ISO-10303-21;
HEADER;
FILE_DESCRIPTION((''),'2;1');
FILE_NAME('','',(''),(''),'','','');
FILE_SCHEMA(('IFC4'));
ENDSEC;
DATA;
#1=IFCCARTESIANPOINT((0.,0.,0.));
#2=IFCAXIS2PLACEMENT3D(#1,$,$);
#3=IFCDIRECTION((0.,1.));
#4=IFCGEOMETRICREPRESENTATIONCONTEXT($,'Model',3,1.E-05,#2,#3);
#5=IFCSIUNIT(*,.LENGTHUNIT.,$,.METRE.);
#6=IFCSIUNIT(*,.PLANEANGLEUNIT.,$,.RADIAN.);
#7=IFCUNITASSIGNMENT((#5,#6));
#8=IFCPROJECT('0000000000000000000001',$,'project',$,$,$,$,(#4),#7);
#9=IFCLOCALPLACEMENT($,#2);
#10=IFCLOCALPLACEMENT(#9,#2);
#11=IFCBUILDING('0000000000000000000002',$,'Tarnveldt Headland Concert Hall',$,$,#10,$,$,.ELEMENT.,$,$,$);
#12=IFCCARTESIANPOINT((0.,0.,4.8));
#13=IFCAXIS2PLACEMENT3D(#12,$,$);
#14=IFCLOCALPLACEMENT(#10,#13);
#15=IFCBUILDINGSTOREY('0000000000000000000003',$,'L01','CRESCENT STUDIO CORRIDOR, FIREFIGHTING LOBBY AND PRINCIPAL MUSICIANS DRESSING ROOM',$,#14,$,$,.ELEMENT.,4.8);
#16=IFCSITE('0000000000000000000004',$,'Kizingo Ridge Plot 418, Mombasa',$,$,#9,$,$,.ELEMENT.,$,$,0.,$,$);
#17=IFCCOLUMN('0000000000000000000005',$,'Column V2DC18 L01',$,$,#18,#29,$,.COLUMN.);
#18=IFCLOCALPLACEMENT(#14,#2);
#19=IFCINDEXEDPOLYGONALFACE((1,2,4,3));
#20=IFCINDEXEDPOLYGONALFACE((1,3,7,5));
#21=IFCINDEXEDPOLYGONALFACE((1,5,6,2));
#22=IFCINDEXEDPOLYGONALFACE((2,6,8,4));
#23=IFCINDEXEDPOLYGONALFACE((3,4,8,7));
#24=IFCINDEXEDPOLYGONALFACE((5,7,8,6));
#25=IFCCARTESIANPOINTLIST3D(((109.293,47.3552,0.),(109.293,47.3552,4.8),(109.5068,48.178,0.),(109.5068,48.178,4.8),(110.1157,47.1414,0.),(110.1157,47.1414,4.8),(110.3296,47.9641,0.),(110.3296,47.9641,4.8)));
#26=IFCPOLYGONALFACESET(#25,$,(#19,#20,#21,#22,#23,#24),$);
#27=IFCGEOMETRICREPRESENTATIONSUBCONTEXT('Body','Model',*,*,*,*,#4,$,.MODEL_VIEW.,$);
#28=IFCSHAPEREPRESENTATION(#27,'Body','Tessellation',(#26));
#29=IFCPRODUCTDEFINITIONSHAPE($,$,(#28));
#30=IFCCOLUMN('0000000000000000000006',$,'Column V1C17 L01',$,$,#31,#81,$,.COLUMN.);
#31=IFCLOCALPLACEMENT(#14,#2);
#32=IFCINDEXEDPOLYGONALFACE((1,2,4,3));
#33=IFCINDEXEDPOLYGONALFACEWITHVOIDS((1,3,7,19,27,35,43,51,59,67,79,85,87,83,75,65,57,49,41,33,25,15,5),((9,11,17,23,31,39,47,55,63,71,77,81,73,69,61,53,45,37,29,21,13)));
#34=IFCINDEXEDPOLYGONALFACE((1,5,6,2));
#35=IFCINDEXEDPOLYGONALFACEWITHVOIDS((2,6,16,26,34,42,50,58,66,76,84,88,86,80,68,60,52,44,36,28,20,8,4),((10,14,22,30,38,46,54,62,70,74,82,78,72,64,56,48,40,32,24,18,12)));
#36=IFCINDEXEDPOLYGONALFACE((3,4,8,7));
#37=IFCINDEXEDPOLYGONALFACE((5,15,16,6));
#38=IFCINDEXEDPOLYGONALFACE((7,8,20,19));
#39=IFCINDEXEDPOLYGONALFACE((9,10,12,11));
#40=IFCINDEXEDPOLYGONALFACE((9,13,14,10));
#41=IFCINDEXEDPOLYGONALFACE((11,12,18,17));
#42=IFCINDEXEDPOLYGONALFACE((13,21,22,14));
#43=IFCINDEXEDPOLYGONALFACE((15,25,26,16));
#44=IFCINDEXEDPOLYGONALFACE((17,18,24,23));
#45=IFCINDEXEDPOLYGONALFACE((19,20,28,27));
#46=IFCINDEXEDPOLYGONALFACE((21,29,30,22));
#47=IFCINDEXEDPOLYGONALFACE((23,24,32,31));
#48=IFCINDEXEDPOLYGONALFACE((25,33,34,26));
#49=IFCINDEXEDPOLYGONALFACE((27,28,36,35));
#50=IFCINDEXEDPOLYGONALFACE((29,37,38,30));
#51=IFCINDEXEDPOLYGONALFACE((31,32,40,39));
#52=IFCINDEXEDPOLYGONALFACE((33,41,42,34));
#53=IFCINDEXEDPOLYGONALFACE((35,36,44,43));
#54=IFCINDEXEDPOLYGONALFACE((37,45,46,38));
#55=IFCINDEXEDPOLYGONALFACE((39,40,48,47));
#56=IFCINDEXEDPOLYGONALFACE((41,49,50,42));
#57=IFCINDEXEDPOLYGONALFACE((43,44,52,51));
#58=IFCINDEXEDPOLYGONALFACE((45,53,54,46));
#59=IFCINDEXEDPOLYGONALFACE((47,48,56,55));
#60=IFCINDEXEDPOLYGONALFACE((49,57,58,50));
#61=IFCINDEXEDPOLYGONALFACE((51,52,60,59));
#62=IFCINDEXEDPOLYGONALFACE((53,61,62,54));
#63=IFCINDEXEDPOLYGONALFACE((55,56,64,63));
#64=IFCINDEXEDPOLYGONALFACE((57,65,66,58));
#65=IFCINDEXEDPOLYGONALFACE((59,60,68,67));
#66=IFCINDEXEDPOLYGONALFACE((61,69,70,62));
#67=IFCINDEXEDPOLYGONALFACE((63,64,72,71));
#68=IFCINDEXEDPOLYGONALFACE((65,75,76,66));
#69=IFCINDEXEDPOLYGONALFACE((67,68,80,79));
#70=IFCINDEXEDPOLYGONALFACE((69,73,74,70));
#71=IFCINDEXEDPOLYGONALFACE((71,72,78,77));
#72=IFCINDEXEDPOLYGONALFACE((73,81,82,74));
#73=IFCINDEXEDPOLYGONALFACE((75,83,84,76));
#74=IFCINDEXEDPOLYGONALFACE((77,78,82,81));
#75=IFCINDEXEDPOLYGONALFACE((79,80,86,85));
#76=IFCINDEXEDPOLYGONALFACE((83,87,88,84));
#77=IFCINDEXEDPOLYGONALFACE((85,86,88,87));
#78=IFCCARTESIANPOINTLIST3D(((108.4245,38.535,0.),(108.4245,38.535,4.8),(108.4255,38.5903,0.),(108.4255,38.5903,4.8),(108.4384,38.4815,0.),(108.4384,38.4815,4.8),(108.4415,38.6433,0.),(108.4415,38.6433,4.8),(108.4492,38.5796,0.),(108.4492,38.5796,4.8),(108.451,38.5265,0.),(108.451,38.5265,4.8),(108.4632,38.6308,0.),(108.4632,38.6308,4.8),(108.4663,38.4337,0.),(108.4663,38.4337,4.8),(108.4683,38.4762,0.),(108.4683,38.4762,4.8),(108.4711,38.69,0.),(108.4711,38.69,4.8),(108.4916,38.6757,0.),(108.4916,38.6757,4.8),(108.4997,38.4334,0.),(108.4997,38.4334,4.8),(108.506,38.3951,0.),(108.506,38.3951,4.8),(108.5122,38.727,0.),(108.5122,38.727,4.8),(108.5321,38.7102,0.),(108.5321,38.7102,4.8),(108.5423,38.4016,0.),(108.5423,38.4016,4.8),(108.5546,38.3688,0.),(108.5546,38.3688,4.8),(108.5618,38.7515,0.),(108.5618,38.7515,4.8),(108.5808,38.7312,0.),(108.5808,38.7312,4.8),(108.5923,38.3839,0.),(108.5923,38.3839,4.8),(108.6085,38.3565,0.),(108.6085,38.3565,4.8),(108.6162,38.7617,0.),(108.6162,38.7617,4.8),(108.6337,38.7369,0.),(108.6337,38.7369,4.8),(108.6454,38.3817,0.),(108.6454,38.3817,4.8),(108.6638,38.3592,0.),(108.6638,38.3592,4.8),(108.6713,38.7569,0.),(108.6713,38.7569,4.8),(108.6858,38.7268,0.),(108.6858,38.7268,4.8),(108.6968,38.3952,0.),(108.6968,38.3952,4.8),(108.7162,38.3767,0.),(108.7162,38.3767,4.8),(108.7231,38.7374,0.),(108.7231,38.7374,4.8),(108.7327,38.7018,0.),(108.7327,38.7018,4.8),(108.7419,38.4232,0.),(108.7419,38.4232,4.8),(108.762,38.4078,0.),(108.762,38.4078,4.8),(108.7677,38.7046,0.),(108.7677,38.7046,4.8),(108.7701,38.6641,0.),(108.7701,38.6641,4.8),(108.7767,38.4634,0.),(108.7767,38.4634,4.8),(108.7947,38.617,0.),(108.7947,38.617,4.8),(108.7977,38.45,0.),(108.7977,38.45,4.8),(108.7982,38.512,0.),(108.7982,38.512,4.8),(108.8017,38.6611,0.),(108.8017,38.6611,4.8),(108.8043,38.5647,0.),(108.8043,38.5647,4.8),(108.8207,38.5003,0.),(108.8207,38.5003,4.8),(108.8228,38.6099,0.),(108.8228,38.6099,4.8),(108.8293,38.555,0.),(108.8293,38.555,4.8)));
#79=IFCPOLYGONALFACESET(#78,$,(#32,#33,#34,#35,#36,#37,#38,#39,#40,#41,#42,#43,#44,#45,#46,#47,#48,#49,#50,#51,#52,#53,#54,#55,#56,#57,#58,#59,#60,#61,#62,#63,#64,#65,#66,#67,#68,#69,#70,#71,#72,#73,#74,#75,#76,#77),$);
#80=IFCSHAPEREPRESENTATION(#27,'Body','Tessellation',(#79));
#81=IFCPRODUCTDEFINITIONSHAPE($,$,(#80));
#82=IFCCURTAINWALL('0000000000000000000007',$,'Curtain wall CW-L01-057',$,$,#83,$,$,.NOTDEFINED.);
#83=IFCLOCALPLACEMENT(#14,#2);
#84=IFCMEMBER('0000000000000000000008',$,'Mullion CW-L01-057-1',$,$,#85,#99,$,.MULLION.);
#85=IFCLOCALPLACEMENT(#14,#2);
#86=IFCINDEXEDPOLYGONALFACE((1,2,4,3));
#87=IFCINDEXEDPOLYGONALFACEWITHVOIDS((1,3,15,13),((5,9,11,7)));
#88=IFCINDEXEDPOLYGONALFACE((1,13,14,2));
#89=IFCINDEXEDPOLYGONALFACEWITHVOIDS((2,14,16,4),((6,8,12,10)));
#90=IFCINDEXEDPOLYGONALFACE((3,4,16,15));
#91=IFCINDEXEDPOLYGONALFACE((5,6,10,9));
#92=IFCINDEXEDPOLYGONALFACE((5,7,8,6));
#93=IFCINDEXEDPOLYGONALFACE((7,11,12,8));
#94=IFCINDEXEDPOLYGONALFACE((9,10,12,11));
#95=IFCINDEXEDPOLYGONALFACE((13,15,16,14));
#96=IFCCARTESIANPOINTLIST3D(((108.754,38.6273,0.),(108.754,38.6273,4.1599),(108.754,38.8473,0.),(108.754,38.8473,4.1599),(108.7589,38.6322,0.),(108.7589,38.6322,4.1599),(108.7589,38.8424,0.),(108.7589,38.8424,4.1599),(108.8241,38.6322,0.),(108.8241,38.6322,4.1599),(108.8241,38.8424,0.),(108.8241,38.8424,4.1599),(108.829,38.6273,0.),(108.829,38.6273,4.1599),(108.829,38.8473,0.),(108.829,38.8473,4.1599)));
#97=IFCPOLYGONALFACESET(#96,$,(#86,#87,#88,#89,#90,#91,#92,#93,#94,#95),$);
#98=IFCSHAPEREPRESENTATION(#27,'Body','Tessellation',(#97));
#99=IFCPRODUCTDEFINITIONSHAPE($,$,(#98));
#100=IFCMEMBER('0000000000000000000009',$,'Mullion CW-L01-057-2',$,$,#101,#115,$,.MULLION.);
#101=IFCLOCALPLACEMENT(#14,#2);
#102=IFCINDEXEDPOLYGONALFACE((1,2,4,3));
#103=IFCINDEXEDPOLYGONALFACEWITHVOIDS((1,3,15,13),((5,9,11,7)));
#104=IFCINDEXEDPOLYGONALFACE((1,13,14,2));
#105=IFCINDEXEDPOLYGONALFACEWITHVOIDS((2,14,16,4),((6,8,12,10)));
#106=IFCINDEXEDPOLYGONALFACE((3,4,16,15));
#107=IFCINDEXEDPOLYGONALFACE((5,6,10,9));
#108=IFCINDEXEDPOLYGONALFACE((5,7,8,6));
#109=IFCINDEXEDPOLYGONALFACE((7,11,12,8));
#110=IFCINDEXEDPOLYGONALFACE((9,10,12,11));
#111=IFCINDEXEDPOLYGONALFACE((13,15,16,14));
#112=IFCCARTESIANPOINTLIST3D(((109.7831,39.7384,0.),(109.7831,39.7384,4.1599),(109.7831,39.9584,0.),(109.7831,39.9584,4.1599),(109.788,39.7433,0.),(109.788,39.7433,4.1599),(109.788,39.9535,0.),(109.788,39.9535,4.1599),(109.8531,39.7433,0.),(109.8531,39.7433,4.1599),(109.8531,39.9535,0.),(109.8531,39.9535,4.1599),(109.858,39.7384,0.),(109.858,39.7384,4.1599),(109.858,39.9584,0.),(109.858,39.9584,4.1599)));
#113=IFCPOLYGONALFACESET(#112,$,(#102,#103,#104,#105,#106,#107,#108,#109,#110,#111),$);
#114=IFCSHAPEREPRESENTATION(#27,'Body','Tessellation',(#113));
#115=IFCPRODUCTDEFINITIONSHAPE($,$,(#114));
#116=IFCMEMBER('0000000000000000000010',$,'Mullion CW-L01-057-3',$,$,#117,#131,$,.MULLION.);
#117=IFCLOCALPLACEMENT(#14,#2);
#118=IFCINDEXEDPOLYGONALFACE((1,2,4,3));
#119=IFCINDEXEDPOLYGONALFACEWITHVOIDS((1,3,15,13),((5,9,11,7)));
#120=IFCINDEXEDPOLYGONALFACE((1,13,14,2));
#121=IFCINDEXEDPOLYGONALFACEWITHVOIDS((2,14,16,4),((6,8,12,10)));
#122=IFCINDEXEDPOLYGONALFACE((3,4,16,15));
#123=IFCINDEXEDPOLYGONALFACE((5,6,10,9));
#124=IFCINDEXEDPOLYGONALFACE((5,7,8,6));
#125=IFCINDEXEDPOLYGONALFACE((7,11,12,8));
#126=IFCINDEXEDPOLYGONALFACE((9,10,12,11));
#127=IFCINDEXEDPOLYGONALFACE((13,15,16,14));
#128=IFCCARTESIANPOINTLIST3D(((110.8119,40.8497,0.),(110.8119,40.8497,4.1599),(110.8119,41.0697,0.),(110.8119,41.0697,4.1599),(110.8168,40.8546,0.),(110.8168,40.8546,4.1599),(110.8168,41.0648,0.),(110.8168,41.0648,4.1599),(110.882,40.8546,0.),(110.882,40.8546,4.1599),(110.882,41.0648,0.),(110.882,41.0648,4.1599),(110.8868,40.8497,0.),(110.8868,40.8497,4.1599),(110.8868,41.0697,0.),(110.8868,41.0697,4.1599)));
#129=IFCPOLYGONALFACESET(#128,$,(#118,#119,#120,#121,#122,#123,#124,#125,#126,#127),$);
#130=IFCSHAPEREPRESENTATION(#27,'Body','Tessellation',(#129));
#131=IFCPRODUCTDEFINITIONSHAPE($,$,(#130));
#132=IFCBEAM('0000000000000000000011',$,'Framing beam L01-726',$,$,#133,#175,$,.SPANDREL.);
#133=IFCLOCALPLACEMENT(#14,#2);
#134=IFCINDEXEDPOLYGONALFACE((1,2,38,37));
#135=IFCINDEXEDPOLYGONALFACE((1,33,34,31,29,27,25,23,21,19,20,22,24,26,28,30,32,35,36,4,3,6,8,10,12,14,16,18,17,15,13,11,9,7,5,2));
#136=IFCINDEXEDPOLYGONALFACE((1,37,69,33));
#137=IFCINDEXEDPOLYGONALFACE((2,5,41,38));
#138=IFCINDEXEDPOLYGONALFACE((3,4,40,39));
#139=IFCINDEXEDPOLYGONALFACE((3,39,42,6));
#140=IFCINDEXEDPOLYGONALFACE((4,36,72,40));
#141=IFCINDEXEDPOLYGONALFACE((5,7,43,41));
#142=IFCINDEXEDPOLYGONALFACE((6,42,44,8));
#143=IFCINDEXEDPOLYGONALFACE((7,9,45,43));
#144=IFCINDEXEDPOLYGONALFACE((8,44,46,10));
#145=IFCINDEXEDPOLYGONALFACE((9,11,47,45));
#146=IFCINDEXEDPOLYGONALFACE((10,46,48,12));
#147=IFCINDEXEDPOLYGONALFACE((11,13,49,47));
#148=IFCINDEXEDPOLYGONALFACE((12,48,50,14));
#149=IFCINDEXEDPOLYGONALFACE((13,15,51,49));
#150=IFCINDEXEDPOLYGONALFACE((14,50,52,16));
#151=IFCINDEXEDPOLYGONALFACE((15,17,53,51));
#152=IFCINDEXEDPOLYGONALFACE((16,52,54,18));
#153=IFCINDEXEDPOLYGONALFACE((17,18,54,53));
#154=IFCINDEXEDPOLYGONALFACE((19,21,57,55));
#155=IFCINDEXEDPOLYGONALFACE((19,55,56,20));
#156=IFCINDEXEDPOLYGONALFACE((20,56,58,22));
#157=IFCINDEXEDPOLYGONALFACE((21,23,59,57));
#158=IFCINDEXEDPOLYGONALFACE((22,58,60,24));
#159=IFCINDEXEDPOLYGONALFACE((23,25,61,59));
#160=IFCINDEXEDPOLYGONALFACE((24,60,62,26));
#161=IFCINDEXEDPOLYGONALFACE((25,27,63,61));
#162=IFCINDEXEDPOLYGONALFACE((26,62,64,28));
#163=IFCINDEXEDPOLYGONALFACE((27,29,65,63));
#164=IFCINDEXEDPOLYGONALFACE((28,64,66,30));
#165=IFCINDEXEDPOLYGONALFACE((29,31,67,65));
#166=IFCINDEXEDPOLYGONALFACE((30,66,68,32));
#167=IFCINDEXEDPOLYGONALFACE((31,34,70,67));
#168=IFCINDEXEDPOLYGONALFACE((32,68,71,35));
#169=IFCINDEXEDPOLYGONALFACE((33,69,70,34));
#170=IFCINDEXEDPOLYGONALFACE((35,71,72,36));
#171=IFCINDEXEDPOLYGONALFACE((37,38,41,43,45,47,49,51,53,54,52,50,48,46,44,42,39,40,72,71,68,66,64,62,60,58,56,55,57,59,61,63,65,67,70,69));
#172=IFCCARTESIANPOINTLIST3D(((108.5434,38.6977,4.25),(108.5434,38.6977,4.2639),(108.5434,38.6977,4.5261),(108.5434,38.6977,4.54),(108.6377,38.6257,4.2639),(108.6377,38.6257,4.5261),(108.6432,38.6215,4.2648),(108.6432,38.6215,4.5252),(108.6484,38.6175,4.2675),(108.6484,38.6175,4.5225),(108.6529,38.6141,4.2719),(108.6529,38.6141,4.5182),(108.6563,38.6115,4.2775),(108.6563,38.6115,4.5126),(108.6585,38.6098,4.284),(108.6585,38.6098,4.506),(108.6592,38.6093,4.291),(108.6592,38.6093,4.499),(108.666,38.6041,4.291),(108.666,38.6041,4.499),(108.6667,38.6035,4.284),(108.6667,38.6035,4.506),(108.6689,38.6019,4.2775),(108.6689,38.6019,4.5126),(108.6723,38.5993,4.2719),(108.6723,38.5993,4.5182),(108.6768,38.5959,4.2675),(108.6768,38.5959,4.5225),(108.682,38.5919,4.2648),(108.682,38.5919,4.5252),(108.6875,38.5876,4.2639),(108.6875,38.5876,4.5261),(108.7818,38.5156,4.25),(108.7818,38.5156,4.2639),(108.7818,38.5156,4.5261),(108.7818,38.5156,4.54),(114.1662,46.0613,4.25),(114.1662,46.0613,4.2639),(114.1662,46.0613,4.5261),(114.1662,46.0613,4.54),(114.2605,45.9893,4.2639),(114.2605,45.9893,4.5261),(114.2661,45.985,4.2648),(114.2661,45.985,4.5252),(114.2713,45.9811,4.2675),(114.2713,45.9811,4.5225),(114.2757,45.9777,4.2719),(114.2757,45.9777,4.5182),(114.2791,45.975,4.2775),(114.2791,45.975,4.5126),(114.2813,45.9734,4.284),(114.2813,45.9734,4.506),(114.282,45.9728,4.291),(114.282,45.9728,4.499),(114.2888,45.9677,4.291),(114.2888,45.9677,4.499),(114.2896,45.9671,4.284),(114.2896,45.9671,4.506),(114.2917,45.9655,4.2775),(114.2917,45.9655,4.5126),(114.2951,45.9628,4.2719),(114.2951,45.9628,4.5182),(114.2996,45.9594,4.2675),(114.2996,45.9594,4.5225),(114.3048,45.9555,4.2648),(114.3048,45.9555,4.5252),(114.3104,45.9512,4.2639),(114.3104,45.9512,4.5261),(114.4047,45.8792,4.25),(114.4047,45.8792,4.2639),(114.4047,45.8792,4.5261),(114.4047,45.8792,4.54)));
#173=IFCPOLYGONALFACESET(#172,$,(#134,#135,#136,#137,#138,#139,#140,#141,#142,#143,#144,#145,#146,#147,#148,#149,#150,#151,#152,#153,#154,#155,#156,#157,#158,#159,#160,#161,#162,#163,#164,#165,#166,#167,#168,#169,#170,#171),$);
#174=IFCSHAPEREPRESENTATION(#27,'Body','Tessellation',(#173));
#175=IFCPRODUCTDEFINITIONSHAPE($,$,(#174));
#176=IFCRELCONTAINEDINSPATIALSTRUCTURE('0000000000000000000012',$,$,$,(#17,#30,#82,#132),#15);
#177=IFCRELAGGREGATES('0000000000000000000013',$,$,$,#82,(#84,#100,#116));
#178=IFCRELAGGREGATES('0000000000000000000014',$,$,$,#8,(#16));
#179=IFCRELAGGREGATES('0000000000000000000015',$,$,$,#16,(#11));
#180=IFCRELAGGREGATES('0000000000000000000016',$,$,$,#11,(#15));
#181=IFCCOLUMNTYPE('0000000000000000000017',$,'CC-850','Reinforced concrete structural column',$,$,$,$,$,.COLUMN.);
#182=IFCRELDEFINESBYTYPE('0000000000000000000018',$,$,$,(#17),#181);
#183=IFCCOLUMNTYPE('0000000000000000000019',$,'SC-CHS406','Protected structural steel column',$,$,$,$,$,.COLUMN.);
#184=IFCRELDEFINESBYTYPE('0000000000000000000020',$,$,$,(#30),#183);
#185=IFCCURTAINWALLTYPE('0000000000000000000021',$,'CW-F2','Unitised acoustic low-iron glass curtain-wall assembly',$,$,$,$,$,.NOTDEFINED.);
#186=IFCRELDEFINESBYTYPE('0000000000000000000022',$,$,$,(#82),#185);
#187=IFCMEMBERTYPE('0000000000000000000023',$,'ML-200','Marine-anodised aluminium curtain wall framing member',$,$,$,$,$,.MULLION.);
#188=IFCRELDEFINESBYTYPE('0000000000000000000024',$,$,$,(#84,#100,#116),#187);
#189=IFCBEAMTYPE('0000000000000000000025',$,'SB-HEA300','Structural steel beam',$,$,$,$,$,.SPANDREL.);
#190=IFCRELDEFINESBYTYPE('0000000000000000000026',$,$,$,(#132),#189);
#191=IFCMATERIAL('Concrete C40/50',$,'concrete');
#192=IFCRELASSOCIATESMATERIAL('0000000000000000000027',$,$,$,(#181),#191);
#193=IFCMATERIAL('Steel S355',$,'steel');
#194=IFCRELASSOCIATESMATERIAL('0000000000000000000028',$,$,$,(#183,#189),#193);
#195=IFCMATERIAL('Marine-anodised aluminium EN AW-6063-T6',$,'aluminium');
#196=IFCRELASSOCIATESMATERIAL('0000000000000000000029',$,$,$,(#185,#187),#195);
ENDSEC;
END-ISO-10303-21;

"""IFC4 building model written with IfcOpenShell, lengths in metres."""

from ifc_helpers import new_model, si_unit, direction, frame, origin, origin_2d, place, context, subcontext, project, spatial, rectangle, hollow_rectangle, hollow_circle, i_section, extrude, material, material_profile, profile_set, type_object, element, aggregate, save


model = new_model("IFC4")

# Units and contexts
model_context = context("Model", 3, precision=1e-05, world=origin(), true_north=direction((0.0, 1.0)))
body_context = subcontext(model_context, "Body", "Model", "MODEL_VIEW")
ifc_project = project(units=[si_unit("LENGTHUNIT", "METRE"), si_unit("PLANEANGLEUNIT", "RADIAN")], contexts=[model_context])

# Site, building, storey
site_placement = place(None, origin())
site = spatial("IfcSite", under=ifc_project, at=site_placement, Name="Kizingo Ridge Plot 418, Mombasa", CompositionType="ELEMENT", RefElevation=0.0)
building_placement = place(site_placement, origin())
building = spatial("IfcBuilding", under=site, at=building_placement, Name="Tarnveldt Headland Concert Hall", CompositionType="ELEMENT")
storey_placement = place(building_placement, frame((0.0, 0.0, 4.8)))
storey = spatial("IfcBuildingStorey", under=building, at=storey_placement, Name="L01", Description="CRESCENT STUDIO CORRIDOR, FIREFIGHTING LOBBY AND PRINCIPAL MUSICIANS DRESSING ROOM", CompositionType="ELEMENT", Elevation=4.8)

# Columns
ifc_material_1 = material(Name="Concrete C40/50", Category="concrete")
ifc_material_profile_1 = material_profile(ifc_material_1, rectangle(XDim=0.8501, YDim=0.8501, at=origin_2d()), Name="RC 850x850", Category="concrete")
ifc_profile_set_1 = profile_set([ifc_material_profile_1], Name="Concrete C40/50")
column_type_1 = type_object("IfcColumnType", Name="CC-850", Description="Reinforced concrete structural column", PredefinedType="COLUMN", material=ifc_profile_set_1)
column_1_placement = place(storey_placement, frame((109.8113, 47.6597, 0.0), z_axis=(0.0, 0.0, 1.0), x_axis=(0.967841, -0.251563, 0.0)))
element("IfcColumn", 1, at=column_1_placement, inside=storey, type_object=column_type_1, Name="Column V2DC18 L01", PredefinedType="COLUMN", context=body_context, shape_type="SweptSolid", body=[
    extrude(rectangle(XDim=0.8501, YDim=0.8501, at=origin_2d()), origin(), (0.0, 0.0, 1.0), 4.8),
])
ifc_material_2 = material(Name="Steel S355", Category="steel")
ifc_material_profile_2 = material_profile(ifc_material_2, hollow_circle(Radius=0.2031, WallThickness=0.0249, at=origin_2d()), Name="CHS 406.4x25", Category="steel")
ifc_profile_set_2 = profile_set([ifc_material_profile_2], Name="Steel S355")
column_type_2 = type_object("IfcColumnType", Name="SC-CHS406", Description="Protected structural steel column", PredefinedType="COLUMN", material=ifc_profile_set_2)
column_2_placement = place(storey_placement, frame((108.6262, 38.5588, 0.0), z_axis=(0.0, 0.0, 1.0), x_axis=(0.844421, -0.535679, 0.0)))
element("IfcColumn", 2, at=column_2_placement, inside=storey, type_object=column_type_2, Name="Column V1C17 L01", PredefinedType="COLUMN", context=body_context, shape_type="SweptSolid", body=[
    extrude(hollow_circle(Radius=0.2031, WallThickness=0.0249, at=origin_2d()), origin(), (0.0, 0.0, 1.0), 4.8),
])

# Curtain wall, members
ifc_material_3 = material(Name="Marine-anodised aluminium EN AW-6063-T6", Category="aluminium")
curtain_wall_type = type_object("IfcCurtainWallType", Name="CW-F2", Description="Unitised acoustic low-iron glass curtain-wall assembly", PredefinedType="NOTDEFINED", material=ifc_material_3)
curtain_wall_placement = place(storey_placement, origin())
curtain_wall = element("IfcCurtainWall", 3, at=curtain_wall_placement, inside=storey, type_object=curtain_wall_type, Name="Curtain wall CW-L01-057", PredefinedType="NOTDEFINED")
ifc_material_profile_3 = material_profile(ifc_material_3, hollow_rectangle(XDim=0.075, YDim=0.22, WallThickness=0.0049, at=origin_2d()), Name="ALU MULLION 75x220x5", Category="aluminium")
ifc_profile_set_3 = profile_set([ifc_material_profile_3], Name="Marine-anodised aluminium EN AW-6063-T6")
member_type_1 = type_object("IfcMemberType", Name="ML-200", Description="Marine-anodised aluminium curtain wall framing member", PredefinedType="MULLION", material=ifc_profile_set_3)
member_1_placement = place(storey_placement, frame((108.7915, 38.7373, 0.0), z_axis=(0.0, 0.0, 1.0), x_axis=(1.0, 0.0, 0.0)))
member_1 = element("IfcMember", 4, at=member_1_placement, type_object=member_type_1, Name="Mullion CW-L01-057-1", PredefinedType="MULLION", context=body_context, shape_type="SweptSolid", body=[
    extrude(hollow_rectangle(XDim=0.075, YDim=0.22, WallThickness=0.0049, at=origin_2d()), origin(), (0.0, 0.0, 1.0), 4.1599),
])
member_2_placement = place(storey_placement, frame((109.8206, 39.8484, 0.0), z_axis=(0.0, 0.0, 1.0), x_axis=(1.0, 0.0, 0.0)))
member_2 = element("IfcMember", 5, at=member_2_placement, type_object=member_type_1, Name="Mullion CW-L01-057-2", PredefinedType="MULLION", context=body_context, shape_type="SweptSolid", body=[
    extrude(hollow_rectangle(XDim=0.075, YDim=0.22, WallThickness=0.0049, at=origin_2d()), origin(), (0.0, 0.0, 1.0), 4.1599),
])
member_3_placement = place(storey_placement, frame((110.8494, 40.9597, 0.0), z_axis=(0.0, 0.0, 1.0), x_axis=(1.0, 0.0, 0.0)))
member_3 = element("IfcMember", 6, at=member_3_placement, type_object=member_type_1, Name="Mullion CW-L01-057-3", PredefinedType="MULLION", context=body_context, shape_type="SweptSolid", body=[
    extrude(hollow_rectangle(XDim=0.075, YDim=0.22, WallThickness=0.0049, at=origin_2d()), origin(), (0.0, 0.0, 1.0), 4.1599),
])

# Beam
ifc_material_profile_4 = material_profile(ifc_material_2, i_section(OverallWidth=0.3, OverallDepth=0.29, WebThickness=0.0085, FlangeThickness=0.0139, FilletRadius=0.0271, at=origin_2d()), Name="HEA300", Category="steel")
ifc_profile_set_4 = profile_set([ifc_material_profile_4], Name="Steel S355")
beam_type_1 = type_object("IfcBeamType", Name="SB-HEA300", Description="Structural steel beam", PredefinedType="SPANDREL", material=ifc_profile_set_4)
beam_1_placement = place(storey_placement, frame((108.6626, 38.6067, 4.395), z_axis=(0.606896, 0.794781, 0.0), x_axis=(-0.794781, 0.606896, 0.0)))
element("IfcBeam", 7, at=beam_1_placement, inside=storey, type_object=beam_type_1, Name="Framing beam L01-726", PredefinedType="SPANDREL", context=body_context, shape_type="SweptSolid", body=[
    extrude(i_section(OverallWidth=0.3, OverallDepth=0.29, WebThickness=0.0085, FlangeThickness=0.0139, FilletRadius=0.0271, at=origin_2d()), origin(), (0.0, 0.0, 1.0), 9.2649),
])

aggregate(curtain_wall, [member_1, member_2, member_3])

save(model, "model.ifc")
